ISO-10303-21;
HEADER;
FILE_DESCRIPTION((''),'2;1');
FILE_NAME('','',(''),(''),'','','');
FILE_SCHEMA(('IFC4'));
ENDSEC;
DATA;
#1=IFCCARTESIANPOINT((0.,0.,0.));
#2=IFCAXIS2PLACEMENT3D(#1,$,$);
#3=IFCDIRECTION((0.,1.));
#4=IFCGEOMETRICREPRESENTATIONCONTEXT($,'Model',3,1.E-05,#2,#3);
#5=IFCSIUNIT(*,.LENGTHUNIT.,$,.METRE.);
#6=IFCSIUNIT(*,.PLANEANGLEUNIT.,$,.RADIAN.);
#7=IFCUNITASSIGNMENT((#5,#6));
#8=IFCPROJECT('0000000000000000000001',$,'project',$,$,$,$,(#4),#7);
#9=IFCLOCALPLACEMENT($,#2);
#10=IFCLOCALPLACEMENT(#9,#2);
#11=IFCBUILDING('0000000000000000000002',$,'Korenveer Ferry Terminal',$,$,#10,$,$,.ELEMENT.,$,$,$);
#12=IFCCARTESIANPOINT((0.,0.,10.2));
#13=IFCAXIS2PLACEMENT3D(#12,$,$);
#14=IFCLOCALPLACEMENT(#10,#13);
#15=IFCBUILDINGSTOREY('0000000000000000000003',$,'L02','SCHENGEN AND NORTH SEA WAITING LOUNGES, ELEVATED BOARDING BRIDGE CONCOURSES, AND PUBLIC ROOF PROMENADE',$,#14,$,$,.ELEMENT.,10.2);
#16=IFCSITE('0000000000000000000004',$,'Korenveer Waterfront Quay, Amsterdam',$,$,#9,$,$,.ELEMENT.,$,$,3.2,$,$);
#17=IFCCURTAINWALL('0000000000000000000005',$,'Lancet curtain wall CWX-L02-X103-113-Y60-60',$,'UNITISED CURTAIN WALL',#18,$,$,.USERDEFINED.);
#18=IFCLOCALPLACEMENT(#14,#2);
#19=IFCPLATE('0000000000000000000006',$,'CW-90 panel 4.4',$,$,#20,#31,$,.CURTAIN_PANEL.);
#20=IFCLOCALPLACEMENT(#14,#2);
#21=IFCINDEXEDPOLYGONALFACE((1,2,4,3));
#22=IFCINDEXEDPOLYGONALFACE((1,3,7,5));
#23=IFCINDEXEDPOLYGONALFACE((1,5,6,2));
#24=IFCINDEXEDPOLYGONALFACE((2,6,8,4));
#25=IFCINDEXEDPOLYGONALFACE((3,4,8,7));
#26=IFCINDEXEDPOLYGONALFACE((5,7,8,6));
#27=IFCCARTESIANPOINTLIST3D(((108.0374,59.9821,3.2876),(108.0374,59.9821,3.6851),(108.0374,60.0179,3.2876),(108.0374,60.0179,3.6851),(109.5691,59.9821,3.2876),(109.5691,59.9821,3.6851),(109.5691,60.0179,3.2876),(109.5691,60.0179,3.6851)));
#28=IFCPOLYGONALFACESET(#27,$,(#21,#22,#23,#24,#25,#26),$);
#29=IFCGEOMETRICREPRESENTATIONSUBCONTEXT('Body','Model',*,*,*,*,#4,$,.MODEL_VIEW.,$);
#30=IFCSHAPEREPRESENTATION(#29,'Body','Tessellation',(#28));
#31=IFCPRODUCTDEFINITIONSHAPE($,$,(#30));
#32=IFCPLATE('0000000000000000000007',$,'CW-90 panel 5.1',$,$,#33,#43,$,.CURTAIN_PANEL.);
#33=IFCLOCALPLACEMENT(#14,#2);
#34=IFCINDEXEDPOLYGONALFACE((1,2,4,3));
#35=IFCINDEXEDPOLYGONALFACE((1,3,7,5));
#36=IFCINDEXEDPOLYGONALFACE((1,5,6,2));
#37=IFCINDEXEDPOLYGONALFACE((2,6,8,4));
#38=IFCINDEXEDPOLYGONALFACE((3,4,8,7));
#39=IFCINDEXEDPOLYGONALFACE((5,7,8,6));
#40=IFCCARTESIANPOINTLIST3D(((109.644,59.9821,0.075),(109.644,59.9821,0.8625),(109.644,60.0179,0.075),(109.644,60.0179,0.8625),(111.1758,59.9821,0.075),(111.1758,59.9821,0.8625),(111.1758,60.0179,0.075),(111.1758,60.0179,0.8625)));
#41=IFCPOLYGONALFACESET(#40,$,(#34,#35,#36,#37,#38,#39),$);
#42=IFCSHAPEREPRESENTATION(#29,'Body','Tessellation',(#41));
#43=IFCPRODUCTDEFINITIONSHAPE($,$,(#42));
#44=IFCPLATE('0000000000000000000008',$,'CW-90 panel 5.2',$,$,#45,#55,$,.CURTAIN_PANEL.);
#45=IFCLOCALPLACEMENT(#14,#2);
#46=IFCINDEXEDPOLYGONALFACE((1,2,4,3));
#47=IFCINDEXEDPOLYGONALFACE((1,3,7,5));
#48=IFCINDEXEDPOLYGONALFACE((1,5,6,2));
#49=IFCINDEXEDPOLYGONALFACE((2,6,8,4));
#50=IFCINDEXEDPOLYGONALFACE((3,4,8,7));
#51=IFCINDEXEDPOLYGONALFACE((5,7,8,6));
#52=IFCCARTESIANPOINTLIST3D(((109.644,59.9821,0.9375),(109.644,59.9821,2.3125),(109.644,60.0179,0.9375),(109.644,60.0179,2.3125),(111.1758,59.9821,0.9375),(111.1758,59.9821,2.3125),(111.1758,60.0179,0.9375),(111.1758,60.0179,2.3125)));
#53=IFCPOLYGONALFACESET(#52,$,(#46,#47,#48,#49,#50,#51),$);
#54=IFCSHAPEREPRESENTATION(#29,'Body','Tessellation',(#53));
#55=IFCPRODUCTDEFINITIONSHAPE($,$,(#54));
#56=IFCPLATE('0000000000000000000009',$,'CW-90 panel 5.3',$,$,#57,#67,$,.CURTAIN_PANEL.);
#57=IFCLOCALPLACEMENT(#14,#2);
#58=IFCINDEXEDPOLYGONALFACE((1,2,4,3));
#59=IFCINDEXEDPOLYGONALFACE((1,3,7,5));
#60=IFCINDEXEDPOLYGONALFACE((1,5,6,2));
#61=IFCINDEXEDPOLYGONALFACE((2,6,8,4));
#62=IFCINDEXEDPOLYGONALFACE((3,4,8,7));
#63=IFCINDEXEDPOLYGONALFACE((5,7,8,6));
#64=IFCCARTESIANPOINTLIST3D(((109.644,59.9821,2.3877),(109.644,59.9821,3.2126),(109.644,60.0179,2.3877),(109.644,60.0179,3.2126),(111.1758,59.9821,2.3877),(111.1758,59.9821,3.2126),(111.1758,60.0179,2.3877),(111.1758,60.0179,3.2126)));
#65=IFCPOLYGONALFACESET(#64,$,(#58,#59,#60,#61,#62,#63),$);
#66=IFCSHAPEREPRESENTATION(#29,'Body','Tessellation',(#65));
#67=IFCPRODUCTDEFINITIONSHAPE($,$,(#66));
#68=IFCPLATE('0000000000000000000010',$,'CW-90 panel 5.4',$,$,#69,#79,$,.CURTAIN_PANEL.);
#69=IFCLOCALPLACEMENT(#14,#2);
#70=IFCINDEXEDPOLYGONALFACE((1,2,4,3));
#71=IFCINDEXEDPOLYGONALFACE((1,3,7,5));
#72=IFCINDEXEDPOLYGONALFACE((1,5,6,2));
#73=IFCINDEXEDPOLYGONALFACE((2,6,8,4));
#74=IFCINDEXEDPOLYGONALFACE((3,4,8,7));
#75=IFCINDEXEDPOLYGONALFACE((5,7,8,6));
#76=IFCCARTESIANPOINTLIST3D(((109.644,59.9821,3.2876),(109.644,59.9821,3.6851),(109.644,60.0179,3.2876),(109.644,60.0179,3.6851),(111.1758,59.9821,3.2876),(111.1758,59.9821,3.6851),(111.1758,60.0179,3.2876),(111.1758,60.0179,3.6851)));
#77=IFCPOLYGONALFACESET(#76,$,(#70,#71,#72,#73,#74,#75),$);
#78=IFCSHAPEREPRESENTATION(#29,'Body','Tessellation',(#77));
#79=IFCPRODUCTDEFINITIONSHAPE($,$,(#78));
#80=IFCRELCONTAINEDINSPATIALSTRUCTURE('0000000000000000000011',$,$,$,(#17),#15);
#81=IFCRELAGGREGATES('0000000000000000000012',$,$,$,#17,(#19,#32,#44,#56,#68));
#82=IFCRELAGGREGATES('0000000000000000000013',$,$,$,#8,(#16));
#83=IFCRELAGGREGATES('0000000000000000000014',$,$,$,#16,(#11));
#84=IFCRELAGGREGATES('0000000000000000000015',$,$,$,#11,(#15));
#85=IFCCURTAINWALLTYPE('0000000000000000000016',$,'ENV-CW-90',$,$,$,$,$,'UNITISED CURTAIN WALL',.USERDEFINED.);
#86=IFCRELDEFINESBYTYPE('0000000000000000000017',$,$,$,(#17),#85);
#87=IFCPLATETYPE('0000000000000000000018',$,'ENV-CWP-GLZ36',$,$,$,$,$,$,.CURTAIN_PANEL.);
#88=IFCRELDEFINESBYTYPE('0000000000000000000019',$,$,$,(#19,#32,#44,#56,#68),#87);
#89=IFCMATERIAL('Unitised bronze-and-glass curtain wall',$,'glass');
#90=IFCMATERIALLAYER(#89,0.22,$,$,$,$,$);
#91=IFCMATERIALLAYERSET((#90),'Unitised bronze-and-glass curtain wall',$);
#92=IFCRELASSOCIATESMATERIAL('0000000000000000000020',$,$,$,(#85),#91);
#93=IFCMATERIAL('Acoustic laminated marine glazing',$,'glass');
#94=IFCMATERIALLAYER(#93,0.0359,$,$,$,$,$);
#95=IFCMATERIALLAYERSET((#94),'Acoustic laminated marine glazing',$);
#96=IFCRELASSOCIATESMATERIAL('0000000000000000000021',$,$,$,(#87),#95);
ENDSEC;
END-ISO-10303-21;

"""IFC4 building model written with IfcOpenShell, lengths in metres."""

from ifc_helpers import new_model, si_unit, direction, frame, origin, origin_2d, place, context, subcontext, project, spatial, rectangle, extrude, material, layer, layer_set, type_object, element, aggregate, save


model = new_model("IFC4")

# Units and contexts
model_context = context("Model", 3, precision=1e-05, world=origin(), true_north=direction((0.0, 1.0)))
body_context = subcontext(model_context, "Body", "Model", "MODEL_VIEW")
ifc_project = project(units=[si_unit("LENGTHUNIT", "METRE"), si_unit("PLANEANGLEUNIT", "RADIAN")], contexts=[model_context])

# Site, building, storey
site_placement = place(None, origin())
site = spatial("IfcSite", under=ifc_project, at=site_placement, Name="Korenveer Waterfront Quay, Amsterdam", CompositionType="ELEMENT", RefElevation=3.2)
building_placement = place(site_placement, origin())
building = spatial("IfcBuilding", under=site, at=building_placement, Name="Korenveer Ferry Terminal", CompositionType="ELEMENT")
storey_placement = place(building_placement, frame((0.0, 0.0, 10.2)))
storey = spatial("IfcBuildingStorey", under=building, at=storey_placement, Name="L02", Description="SCHENGEN AND NORTH SEA WAITING LOUNGES, ELEVATED BOARDING BRIDGE CONCOURSES, AND PUBLIC ROOF PROMENADE", CompositionType="ELEMENT", Elevation=10.2)

# Curtain wall, plates
ifc_material_1 = material(Name="Unitised bronze-and-glass curtain wall", Category="glass")
ifc_layer_1 = layer(ifc_material_1, 0.22)
ifc_layer_set_1 = layer_set([ifc_layer_1], Name="Unitised bronze-and-glass curtain wall")
curtain_wall_type = type_object("IfcCurtainWallType", Name="ENV-CW-90", ElementType="UNITISED CURTAIN WALL", PredefinedType="USERDEFINED", material=ifc_layer_set_1)
curtain_wall_placement = place(storey_placement, frame((103.1799, 60.0, 0.0)))
curtain_wall = element("IfcCurtainWall", 1, at=curtain_wall_placement, inside=storey, type_object=curtain_wall_type, Name="Lancet curtain wall CWX-L02-X103-113-Y60-60", ObjectType="UNITISED CURTAIN WALL", PredefinedType="USERDEFINED")
ifc_material_2 = material(Name="Acoustic laminated marine glazing", Category="glass")
ifc_layer_2 = layer(ifc_material_2, 0.0359)
ifc_layer_set_2 = layer_set([ifc_layer_2], Name="Acoustic laminated marine glazing")
plate_type = type_object("IfcPlateType", Name="ENV-CWP-GLZ36", PredefinedType="CURTAIN_PANEL", material=ifc_layer_set_2)
plate_1_placement = place(storey_placement, frame((108.8032, 60.0, 3.2876), z_axis=(0.0, 0.0, 1.0), x_axis=(1.0, 0.0, 0.0)))
plate_1 = element("IfcPlate", 2, at=plate_1_placement, type_object=plate_type, Name="CW-90 panel 4.4", PredefinedType="CURTAIN_PANEL", context=body_context, shape_type="SweptSolid", body=[
    extrude(rectangle(XDim=1.5317, YDim=0.0359, at=origin_2d()), origin(), (0.0, 0.0, 1.0), 0.3975),
])
plate_2_placement = place(storey_placement, frame((110.4099, 60.0, 0.075), z_axis=(0.0, 0.0, 1.0), x_axis=(1.0, 0.0, 0.0)))
plate_2 = element("IfcPlate", 3, at=plate_2_placement, type_object=plate_type, Name="CW-90 panel 5.1", PredefinedType="CURTAIN_PANEL", context=body_context, shape_type="SweptSolid", body=[
    extrude(rectangle(XDim=1.5317, YDim=0.0359, at=origin_2d()), origin(), (0.0, 0.0, 1.0), 0.7876),
])
plate_3_placement = place(storey_placement, frame((110.4099, 60.0, 0.9375), z_axis=(0.0, 0.0, 1.0), x_axis=(1.0, 0.0, 0.0)))
plate_3 = element("IfcPlate", 4, at=plate_3_placement, type_object=plate_type, Name="CW-90 panel 5.2", PredefinedType="CURTAIN_PANEL", context=body_context, shape_type="SweptSolid", body=[
    extrude(rectangle(XDim=1.5317, YDim=0.0359, at=origin_2d()), origin(), (0.0, 0.0, 1.0), 1.375),
])
plate_4_placement = place(storey_placement, frame((110.4099, 60.0, 2.3877), z_axis=(0.0, 0.0, 1.0), x_axis=(1.0, 0.0, 0.0)))
plate_4 = element("IfcPlate", 5, at=plate_4_placement, type_object=plate_type, Name="CW-90 panel 5.3", PredefinedType="CURTAIN_PANEL", context=body_context, shape_type="SweptSolid", body=[
    extrude(rectangle(XDim=1.5317, YDim=0.0359, at=origin_2d()), origin(), (0.0, 0.0, 1.0), 0.825),
])
plate_5_placement = place(storey_placement, frame((110.4099, 60.0, 3.2876), z_axis=(0.0, 0.0, 1.0), x_axis=(1.0, 0.0, 0.0)))
plate_5 = element("IfcPlate", 6, at=plate_5_placement, type_object=plate_type, Name="CW-90 panel 5.4", PredefinedType="CURTAIN_PANEL", context=body_context, shape_type="SweptSolid", body=[
    extrude(rectangle(XDim=1.5317, YDim=0.0359, at=origin_2d()), origin(), (0.0, 0.0, 1.0), 0.3975),
])
aggregate(curtain_wall, [plate_1, plate_2, plate_3, plate_4, plate_5])

save(model, "model.ifc")
